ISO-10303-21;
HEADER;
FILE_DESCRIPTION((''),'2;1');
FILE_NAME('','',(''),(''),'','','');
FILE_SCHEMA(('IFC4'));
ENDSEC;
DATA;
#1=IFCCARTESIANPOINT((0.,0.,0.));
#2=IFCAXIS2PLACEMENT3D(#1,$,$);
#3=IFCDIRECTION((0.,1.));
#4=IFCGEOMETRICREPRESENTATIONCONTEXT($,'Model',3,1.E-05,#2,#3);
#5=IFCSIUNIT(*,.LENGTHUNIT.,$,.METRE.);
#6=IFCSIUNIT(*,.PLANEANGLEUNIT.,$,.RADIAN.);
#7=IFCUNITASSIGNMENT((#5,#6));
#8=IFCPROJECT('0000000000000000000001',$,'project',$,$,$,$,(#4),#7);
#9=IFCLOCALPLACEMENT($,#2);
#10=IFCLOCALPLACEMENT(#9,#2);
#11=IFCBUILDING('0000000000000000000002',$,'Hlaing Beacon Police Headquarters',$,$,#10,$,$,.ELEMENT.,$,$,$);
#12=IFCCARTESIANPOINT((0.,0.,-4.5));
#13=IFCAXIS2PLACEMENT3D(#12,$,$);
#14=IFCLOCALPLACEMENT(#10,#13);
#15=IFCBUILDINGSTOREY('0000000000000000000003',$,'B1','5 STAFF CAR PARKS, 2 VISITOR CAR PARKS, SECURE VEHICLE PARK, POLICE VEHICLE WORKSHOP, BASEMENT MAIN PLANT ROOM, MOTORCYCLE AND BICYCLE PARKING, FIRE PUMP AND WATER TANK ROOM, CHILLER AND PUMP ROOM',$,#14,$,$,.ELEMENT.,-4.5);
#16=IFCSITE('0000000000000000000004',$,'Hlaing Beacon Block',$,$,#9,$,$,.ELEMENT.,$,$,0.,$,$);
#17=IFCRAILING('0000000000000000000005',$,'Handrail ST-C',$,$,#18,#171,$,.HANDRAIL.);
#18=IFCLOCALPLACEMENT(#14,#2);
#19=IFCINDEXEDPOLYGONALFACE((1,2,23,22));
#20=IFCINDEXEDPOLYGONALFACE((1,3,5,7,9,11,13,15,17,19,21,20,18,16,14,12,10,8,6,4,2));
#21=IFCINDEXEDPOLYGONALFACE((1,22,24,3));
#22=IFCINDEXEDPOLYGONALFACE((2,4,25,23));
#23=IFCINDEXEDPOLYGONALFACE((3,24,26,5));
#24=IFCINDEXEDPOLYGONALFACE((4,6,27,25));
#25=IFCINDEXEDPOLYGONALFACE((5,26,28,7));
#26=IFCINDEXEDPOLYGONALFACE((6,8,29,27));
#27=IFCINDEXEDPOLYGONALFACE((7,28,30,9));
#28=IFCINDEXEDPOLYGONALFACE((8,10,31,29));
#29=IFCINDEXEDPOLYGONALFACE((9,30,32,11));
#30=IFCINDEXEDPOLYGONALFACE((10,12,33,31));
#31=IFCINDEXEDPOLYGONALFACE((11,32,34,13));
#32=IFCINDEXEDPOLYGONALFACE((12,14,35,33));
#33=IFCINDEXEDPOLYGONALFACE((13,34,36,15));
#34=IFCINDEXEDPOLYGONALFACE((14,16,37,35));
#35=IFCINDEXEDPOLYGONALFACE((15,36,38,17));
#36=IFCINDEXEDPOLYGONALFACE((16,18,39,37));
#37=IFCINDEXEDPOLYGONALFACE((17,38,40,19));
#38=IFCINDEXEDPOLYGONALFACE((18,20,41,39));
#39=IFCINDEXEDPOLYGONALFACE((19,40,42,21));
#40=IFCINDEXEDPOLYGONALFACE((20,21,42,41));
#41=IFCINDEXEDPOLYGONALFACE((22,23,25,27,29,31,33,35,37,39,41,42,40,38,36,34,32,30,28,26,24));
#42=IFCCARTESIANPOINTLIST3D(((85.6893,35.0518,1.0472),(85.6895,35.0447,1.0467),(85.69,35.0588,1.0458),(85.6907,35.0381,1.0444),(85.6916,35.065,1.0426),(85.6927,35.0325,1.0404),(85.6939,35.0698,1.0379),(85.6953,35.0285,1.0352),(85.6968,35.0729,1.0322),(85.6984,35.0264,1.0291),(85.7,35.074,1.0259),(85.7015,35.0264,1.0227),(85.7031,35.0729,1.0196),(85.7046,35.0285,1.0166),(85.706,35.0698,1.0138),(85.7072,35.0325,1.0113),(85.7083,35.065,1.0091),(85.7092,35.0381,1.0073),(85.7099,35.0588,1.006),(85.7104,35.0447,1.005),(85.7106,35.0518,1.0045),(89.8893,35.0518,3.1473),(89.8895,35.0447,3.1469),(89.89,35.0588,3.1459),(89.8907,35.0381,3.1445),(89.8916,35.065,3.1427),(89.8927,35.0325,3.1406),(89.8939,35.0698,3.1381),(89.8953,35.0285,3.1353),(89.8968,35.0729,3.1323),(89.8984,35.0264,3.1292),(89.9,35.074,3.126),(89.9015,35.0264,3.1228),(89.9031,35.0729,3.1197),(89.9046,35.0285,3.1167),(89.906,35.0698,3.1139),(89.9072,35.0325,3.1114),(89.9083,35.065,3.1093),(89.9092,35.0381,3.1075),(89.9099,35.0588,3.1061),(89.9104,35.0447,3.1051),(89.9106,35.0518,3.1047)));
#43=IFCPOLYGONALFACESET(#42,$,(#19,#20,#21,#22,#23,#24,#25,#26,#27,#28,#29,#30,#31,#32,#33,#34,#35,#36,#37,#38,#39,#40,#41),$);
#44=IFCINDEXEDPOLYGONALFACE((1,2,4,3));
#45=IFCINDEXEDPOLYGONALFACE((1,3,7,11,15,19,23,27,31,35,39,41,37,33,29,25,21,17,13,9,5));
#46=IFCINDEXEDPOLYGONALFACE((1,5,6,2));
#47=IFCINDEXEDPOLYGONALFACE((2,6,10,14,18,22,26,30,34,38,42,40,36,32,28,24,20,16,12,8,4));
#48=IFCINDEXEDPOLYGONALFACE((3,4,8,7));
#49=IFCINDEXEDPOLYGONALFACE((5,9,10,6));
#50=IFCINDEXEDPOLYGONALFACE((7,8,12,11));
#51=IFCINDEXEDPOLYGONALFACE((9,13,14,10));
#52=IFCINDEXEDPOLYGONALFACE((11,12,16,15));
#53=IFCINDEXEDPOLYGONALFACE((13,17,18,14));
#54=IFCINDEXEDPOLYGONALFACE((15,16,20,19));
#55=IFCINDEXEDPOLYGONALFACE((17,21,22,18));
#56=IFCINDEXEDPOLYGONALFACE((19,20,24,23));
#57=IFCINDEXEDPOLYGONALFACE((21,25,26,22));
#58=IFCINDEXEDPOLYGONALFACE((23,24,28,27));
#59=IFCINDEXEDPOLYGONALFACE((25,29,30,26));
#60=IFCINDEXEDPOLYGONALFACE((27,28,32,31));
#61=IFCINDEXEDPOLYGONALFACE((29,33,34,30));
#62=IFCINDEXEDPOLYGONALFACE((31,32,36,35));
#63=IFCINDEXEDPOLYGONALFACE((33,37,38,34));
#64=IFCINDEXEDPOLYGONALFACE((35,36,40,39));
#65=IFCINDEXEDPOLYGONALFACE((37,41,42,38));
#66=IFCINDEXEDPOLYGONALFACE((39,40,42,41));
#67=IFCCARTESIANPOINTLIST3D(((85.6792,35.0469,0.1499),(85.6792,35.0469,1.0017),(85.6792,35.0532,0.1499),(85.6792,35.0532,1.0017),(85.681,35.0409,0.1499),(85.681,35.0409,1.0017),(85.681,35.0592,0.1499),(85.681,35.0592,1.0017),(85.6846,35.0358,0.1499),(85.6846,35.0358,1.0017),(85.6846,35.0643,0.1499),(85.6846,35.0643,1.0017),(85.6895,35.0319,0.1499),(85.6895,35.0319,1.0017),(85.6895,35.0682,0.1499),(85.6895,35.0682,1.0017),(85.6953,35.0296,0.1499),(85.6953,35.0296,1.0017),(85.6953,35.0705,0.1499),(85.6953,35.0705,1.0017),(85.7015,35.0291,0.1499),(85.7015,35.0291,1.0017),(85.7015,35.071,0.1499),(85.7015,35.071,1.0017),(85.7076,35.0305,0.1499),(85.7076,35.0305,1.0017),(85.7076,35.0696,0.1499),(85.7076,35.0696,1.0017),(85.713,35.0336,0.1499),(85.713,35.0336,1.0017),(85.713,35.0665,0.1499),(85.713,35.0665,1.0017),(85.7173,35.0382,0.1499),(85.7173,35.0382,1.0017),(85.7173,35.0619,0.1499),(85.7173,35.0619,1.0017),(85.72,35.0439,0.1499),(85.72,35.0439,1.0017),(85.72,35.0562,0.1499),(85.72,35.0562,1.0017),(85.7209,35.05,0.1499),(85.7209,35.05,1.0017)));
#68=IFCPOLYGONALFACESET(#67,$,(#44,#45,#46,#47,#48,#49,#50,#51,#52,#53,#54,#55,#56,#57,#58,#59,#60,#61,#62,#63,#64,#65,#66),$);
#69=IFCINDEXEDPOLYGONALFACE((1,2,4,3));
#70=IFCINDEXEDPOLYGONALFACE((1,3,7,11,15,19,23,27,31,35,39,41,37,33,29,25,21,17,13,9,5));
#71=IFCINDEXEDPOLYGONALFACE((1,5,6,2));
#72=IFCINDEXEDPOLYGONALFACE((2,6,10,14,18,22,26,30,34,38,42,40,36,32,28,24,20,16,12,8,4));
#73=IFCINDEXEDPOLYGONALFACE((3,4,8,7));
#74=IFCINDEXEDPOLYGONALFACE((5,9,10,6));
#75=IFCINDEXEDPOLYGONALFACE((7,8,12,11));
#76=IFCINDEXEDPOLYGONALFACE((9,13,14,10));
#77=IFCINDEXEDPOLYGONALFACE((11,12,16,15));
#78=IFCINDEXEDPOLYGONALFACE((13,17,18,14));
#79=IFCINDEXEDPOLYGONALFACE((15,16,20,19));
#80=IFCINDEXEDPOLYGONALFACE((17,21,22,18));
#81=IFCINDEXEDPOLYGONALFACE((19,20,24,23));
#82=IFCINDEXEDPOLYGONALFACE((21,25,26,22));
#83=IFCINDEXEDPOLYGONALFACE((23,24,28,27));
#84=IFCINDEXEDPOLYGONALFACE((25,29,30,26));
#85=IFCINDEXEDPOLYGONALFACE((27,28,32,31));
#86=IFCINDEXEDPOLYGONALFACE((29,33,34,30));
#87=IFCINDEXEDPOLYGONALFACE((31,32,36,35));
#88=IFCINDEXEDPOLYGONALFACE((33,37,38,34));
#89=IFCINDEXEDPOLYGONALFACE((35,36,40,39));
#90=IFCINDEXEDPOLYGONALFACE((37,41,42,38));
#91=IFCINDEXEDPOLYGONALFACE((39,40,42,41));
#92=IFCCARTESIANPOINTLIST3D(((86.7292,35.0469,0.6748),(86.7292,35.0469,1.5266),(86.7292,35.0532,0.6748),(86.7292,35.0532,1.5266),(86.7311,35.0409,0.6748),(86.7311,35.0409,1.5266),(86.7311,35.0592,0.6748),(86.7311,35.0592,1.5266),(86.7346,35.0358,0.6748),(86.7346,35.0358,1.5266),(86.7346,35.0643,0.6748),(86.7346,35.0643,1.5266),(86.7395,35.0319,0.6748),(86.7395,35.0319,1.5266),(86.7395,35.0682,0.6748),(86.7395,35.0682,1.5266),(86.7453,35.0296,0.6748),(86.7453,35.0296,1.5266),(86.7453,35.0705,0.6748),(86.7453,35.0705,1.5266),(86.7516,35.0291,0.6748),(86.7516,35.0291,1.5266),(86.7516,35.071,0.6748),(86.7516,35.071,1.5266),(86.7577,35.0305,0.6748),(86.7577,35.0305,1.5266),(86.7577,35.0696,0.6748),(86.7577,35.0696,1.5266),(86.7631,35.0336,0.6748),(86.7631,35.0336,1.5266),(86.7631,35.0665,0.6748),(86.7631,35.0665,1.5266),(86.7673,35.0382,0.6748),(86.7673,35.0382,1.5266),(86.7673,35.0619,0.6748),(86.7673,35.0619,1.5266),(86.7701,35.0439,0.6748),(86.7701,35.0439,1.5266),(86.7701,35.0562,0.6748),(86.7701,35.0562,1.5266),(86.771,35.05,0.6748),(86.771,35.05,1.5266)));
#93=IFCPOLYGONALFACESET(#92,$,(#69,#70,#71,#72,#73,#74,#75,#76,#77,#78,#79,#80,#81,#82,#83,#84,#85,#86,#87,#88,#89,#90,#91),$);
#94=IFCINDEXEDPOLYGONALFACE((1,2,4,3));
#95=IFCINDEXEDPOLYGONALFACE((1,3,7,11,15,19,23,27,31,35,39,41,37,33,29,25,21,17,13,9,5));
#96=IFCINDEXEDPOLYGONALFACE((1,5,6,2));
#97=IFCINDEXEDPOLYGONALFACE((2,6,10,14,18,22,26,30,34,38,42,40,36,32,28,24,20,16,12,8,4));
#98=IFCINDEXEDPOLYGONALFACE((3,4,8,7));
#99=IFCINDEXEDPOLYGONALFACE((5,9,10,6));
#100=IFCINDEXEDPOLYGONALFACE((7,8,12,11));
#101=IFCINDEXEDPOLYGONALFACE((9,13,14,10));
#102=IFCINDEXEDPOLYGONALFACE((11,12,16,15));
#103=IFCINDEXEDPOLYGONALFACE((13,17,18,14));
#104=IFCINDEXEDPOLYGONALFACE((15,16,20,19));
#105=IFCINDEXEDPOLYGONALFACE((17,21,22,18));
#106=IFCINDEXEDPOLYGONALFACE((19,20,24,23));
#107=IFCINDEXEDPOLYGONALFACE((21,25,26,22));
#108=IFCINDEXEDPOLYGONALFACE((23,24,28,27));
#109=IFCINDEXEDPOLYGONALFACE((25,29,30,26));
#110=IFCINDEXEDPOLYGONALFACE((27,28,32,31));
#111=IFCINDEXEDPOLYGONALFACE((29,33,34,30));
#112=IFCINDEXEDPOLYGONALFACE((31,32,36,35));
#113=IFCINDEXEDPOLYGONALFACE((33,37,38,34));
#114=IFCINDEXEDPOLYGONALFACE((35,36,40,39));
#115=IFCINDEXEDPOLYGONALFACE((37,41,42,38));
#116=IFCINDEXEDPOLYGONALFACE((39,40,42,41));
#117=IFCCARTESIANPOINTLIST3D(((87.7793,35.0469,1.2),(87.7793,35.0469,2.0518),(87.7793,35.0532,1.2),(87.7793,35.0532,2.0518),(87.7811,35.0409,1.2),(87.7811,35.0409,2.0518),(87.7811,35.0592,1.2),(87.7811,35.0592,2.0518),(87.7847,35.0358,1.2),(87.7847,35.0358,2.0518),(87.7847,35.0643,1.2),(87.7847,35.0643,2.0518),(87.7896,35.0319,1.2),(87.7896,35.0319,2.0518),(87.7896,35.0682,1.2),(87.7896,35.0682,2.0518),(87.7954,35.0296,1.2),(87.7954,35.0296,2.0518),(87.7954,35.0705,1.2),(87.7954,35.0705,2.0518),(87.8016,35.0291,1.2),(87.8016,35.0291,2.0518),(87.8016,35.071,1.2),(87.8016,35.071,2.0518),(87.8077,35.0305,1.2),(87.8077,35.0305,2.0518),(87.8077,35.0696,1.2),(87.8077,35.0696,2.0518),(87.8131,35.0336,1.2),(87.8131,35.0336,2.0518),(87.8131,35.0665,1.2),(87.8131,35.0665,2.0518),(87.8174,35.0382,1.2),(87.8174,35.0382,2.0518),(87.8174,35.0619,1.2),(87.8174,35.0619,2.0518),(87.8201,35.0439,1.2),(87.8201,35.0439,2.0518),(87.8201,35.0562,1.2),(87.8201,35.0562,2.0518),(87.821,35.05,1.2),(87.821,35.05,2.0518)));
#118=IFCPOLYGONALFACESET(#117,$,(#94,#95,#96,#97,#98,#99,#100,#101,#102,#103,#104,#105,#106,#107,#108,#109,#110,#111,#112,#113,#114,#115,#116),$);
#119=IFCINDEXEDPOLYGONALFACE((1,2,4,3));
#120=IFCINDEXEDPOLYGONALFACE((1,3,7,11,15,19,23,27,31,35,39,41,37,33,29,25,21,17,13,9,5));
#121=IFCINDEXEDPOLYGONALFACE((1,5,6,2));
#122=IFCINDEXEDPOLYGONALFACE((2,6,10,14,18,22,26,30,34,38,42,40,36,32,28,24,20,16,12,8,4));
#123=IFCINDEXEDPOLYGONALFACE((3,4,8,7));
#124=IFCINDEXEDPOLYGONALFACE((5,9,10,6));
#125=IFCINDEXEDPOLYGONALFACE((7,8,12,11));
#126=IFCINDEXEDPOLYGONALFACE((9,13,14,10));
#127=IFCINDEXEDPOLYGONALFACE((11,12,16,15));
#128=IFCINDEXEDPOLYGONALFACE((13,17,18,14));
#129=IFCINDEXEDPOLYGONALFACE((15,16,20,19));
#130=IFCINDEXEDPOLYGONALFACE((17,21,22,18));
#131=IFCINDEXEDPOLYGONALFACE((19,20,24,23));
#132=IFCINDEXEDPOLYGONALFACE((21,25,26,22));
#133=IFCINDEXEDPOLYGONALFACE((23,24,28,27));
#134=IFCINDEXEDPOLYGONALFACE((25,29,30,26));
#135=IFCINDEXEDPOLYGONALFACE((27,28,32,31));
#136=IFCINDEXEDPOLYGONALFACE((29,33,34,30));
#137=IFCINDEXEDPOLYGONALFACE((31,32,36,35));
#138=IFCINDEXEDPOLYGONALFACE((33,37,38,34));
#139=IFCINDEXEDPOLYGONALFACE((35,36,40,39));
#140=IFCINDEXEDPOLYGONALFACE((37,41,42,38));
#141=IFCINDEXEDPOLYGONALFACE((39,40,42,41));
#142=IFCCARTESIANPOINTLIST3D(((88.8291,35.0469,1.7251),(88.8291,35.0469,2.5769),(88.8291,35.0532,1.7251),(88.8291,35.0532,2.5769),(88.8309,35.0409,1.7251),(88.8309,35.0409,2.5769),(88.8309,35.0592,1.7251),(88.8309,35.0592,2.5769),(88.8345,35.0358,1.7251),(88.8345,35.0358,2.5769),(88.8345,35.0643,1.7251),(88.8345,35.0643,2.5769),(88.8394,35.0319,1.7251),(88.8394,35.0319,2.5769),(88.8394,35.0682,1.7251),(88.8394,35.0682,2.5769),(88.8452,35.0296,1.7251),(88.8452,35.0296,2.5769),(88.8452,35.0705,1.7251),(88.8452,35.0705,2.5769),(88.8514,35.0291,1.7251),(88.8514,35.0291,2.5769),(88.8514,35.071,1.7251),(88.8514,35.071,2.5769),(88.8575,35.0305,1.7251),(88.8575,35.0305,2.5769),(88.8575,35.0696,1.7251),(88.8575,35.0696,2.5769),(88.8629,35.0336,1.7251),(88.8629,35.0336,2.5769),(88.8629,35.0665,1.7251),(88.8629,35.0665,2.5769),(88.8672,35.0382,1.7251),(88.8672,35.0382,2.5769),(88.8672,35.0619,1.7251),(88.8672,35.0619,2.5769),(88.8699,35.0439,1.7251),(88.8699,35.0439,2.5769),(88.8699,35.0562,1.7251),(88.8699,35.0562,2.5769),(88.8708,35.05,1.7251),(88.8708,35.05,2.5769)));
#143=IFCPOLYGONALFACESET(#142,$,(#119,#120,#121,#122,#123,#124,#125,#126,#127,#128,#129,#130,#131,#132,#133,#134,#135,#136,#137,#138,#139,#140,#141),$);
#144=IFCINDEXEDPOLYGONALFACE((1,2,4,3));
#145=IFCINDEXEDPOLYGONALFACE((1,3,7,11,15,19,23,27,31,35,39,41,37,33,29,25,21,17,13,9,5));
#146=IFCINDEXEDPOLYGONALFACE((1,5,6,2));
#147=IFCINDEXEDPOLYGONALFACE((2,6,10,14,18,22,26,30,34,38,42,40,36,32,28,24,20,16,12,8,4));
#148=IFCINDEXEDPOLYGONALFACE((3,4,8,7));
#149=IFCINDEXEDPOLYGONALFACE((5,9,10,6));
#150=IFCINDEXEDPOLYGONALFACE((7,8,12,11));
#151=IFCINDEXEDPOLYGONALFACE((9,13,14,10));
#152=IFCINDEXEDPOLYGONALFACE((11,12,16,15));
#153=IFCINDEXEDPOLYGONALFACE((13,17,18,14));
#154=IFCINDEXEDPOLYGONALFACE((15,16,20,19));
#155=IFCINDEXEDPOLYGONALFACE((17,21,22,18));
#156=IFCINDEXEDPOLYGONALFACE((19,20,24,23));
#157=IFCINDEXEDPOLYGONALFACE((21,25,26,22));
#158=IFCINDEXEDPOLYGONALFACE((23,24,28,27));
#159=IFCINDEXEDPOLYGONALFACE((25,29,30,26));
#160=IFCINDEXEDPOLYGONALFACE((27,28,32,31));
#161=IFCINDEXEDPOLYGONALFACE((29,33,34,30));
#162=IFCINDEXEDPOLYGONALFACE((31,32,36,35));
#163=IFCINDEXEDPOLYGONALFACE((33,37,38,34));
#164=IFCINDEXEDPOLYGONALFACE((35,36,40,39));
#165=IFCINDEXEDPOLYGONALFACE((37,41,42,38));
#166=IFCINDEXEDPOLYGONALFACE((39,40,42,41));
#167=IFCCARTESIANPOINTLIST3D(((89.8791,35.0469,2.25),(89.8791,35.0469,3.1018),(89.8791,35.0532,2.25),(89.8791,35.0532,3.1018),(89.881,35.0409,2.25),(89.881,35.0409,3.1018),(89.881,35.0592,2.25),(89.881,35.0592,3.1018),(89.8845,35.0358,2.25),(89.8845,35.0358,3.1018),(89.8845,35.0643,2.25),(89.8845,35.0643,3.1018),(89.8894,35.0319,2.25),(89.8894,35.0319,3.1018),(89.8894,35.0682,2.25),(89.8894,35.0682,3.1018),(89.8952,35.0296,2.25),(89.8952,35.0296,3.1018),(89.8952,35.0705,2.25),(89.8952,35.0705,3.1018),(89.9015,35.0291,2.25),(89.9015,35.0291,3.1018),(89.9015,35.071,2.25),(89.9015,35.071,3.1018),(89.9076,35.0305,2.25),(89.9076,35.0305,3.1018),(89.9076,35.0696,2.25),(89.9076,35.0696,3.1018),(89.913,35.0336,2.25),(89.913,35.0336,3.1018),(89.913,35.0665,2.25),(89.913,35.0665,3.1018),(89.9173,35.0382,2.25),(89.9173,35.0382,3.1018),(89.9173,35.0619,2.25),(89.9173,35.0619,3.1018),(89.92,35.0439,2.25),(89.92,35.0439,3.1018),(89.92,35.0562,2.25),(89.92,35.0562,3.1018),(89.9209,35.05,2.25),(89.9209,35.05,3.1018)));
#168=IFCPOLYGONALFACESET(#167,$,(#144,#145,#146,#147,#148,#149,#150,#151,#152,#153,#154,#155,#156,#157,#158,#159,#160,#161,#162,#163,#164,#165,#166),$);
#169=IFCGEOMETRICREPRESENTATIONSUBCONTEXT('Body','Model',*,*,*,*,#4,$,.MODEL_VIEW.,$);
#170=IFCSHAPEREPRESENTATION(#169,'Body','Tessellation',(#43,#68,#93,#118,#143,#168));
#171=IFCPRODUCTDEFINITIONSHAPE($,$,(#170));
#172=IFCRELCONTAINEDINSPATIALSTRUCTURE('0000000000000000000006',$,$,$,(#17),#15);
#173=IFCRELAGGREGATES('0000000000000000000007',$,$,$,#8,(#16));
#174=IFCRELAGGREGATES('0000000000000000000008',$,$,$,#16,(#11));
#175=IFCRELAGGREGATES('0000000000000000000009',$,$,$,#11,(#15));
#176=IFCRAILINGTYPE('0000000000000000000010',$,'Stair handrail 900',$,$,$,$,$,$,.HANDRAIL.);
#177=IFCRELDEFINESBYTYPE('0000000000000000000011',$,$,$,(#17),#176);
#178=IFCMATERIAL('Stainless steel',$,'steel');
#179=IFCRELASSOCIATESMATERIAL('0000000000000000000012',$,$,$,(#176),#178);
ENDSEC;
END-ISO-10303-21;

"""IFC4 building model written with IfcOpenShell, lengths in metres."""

from ifc_helpers import new_model, si_unit, direction, frame, origin, origin_2d, place, context, subcontext, project, spatial, circle, extrude, material, type_object, element, save


model = new_model("IFC4")

# Units and contexts
model_context = context("Model", 3, precision=1e-05, world=origin(), true_north=direction((0.0, 1.0)))
body_context = subcontext(model_context, "Body", "Model", "MODEL_VIEW")
ifc_project = project(units=[si_unit("LENGTHUNIT", "METRE"), si_unit("PLANEANGLEUNIT", "RADIAN")], contexts=[model_context])

# Site, building, storey
site_placement = place(None, origin())
site = spatial("IfcSite", under=ifc_project, at=site_placement, Name="Hlaing Beacon Block", CompositionType="ELEMENT", RefElevation=0.0)
building_placement = place(site_placement, origin())
building = spatial("IfcBuilding", under=site, at=building_placement, Name="Hlaing Beacon Police Headquarters", CompositionType="ELEMENT")
storey_placement = place(building_placement, frame((0.0, 0.0, -4.5)))
storey = spatial("IfcBuildingStorey", under=building, at=storey_placement, Name="B1", Description="5 STAFF CAR PARKS, 2 VISITOR CAR PARKS, SECURE VEHICLE PARK, POLICE VEHICLE WORKSHOP, BASEMENT MAIN PLANT ROOM, MOTORCYCLE AND BICYCLE PARKING, FIRE PUMP AND WATER TANK ROOM, CHILLER AND PUMP ROOM", CompositionType="ELEMENT", Elevation=-4.5)

# Railing
ifc_material_1 = material(Name="Stainless steel", Category="steel")
railing_type = type_object("IfcRailingType", Name="Stair handrail 900", PredefinedType="HANDRAIL", material=ifc_material_1)
for number, where, name in (
    (1, (85.7, 35.05, 0.1499), "Handrail ST-C"),
):
    element("IfcRailing", number, at=place(storey_placement, frame(where)), inside=storey, type_object=railing_type, Name=name, PredefinedType="HANDRAIL", context=body_context, shape_type="SweptSolid", body=[
        extrude(circle(Radius=0.0239, at=origin_2d()), frame((0.0, 0.0, 0.876), z_axis=(0.894417, 0.0, 0.447234), x_axis=(0.0, 1.0, 0.0)), (0.0, 0.0, 1.0), 4.6958),
        extrude(circle(Radius=0.021, at=origin_2d()), origin(), (0.0, 0.0, 1.0), 0.8518),
        extrude(circle(Radius=0.021, at=origin_2d()), frame((1.05, 0.0, 0.5249)), (0.0, 0.0, 1.0), 0.8518),
        extrude(circle(Radius=0.021, at=origin_2d()), frame((2.1001, 0.0, 1.05)), (0.0, 0.0, 1.0), 0.8518),
        extrude(circle(Radius=0.021, at=origin_2d()), frame((3.1499, 0.0, 1.5752)), (0.0, 0.0, 1.0), 0.8518),
        extrude(circle(Radius=0.021, at=origin_2d()), frame((4.2, 0.0, 2.1001)), (0.0, 0.0, 1.0), 0.8518),
    ])

save(model, "model.ifc")
